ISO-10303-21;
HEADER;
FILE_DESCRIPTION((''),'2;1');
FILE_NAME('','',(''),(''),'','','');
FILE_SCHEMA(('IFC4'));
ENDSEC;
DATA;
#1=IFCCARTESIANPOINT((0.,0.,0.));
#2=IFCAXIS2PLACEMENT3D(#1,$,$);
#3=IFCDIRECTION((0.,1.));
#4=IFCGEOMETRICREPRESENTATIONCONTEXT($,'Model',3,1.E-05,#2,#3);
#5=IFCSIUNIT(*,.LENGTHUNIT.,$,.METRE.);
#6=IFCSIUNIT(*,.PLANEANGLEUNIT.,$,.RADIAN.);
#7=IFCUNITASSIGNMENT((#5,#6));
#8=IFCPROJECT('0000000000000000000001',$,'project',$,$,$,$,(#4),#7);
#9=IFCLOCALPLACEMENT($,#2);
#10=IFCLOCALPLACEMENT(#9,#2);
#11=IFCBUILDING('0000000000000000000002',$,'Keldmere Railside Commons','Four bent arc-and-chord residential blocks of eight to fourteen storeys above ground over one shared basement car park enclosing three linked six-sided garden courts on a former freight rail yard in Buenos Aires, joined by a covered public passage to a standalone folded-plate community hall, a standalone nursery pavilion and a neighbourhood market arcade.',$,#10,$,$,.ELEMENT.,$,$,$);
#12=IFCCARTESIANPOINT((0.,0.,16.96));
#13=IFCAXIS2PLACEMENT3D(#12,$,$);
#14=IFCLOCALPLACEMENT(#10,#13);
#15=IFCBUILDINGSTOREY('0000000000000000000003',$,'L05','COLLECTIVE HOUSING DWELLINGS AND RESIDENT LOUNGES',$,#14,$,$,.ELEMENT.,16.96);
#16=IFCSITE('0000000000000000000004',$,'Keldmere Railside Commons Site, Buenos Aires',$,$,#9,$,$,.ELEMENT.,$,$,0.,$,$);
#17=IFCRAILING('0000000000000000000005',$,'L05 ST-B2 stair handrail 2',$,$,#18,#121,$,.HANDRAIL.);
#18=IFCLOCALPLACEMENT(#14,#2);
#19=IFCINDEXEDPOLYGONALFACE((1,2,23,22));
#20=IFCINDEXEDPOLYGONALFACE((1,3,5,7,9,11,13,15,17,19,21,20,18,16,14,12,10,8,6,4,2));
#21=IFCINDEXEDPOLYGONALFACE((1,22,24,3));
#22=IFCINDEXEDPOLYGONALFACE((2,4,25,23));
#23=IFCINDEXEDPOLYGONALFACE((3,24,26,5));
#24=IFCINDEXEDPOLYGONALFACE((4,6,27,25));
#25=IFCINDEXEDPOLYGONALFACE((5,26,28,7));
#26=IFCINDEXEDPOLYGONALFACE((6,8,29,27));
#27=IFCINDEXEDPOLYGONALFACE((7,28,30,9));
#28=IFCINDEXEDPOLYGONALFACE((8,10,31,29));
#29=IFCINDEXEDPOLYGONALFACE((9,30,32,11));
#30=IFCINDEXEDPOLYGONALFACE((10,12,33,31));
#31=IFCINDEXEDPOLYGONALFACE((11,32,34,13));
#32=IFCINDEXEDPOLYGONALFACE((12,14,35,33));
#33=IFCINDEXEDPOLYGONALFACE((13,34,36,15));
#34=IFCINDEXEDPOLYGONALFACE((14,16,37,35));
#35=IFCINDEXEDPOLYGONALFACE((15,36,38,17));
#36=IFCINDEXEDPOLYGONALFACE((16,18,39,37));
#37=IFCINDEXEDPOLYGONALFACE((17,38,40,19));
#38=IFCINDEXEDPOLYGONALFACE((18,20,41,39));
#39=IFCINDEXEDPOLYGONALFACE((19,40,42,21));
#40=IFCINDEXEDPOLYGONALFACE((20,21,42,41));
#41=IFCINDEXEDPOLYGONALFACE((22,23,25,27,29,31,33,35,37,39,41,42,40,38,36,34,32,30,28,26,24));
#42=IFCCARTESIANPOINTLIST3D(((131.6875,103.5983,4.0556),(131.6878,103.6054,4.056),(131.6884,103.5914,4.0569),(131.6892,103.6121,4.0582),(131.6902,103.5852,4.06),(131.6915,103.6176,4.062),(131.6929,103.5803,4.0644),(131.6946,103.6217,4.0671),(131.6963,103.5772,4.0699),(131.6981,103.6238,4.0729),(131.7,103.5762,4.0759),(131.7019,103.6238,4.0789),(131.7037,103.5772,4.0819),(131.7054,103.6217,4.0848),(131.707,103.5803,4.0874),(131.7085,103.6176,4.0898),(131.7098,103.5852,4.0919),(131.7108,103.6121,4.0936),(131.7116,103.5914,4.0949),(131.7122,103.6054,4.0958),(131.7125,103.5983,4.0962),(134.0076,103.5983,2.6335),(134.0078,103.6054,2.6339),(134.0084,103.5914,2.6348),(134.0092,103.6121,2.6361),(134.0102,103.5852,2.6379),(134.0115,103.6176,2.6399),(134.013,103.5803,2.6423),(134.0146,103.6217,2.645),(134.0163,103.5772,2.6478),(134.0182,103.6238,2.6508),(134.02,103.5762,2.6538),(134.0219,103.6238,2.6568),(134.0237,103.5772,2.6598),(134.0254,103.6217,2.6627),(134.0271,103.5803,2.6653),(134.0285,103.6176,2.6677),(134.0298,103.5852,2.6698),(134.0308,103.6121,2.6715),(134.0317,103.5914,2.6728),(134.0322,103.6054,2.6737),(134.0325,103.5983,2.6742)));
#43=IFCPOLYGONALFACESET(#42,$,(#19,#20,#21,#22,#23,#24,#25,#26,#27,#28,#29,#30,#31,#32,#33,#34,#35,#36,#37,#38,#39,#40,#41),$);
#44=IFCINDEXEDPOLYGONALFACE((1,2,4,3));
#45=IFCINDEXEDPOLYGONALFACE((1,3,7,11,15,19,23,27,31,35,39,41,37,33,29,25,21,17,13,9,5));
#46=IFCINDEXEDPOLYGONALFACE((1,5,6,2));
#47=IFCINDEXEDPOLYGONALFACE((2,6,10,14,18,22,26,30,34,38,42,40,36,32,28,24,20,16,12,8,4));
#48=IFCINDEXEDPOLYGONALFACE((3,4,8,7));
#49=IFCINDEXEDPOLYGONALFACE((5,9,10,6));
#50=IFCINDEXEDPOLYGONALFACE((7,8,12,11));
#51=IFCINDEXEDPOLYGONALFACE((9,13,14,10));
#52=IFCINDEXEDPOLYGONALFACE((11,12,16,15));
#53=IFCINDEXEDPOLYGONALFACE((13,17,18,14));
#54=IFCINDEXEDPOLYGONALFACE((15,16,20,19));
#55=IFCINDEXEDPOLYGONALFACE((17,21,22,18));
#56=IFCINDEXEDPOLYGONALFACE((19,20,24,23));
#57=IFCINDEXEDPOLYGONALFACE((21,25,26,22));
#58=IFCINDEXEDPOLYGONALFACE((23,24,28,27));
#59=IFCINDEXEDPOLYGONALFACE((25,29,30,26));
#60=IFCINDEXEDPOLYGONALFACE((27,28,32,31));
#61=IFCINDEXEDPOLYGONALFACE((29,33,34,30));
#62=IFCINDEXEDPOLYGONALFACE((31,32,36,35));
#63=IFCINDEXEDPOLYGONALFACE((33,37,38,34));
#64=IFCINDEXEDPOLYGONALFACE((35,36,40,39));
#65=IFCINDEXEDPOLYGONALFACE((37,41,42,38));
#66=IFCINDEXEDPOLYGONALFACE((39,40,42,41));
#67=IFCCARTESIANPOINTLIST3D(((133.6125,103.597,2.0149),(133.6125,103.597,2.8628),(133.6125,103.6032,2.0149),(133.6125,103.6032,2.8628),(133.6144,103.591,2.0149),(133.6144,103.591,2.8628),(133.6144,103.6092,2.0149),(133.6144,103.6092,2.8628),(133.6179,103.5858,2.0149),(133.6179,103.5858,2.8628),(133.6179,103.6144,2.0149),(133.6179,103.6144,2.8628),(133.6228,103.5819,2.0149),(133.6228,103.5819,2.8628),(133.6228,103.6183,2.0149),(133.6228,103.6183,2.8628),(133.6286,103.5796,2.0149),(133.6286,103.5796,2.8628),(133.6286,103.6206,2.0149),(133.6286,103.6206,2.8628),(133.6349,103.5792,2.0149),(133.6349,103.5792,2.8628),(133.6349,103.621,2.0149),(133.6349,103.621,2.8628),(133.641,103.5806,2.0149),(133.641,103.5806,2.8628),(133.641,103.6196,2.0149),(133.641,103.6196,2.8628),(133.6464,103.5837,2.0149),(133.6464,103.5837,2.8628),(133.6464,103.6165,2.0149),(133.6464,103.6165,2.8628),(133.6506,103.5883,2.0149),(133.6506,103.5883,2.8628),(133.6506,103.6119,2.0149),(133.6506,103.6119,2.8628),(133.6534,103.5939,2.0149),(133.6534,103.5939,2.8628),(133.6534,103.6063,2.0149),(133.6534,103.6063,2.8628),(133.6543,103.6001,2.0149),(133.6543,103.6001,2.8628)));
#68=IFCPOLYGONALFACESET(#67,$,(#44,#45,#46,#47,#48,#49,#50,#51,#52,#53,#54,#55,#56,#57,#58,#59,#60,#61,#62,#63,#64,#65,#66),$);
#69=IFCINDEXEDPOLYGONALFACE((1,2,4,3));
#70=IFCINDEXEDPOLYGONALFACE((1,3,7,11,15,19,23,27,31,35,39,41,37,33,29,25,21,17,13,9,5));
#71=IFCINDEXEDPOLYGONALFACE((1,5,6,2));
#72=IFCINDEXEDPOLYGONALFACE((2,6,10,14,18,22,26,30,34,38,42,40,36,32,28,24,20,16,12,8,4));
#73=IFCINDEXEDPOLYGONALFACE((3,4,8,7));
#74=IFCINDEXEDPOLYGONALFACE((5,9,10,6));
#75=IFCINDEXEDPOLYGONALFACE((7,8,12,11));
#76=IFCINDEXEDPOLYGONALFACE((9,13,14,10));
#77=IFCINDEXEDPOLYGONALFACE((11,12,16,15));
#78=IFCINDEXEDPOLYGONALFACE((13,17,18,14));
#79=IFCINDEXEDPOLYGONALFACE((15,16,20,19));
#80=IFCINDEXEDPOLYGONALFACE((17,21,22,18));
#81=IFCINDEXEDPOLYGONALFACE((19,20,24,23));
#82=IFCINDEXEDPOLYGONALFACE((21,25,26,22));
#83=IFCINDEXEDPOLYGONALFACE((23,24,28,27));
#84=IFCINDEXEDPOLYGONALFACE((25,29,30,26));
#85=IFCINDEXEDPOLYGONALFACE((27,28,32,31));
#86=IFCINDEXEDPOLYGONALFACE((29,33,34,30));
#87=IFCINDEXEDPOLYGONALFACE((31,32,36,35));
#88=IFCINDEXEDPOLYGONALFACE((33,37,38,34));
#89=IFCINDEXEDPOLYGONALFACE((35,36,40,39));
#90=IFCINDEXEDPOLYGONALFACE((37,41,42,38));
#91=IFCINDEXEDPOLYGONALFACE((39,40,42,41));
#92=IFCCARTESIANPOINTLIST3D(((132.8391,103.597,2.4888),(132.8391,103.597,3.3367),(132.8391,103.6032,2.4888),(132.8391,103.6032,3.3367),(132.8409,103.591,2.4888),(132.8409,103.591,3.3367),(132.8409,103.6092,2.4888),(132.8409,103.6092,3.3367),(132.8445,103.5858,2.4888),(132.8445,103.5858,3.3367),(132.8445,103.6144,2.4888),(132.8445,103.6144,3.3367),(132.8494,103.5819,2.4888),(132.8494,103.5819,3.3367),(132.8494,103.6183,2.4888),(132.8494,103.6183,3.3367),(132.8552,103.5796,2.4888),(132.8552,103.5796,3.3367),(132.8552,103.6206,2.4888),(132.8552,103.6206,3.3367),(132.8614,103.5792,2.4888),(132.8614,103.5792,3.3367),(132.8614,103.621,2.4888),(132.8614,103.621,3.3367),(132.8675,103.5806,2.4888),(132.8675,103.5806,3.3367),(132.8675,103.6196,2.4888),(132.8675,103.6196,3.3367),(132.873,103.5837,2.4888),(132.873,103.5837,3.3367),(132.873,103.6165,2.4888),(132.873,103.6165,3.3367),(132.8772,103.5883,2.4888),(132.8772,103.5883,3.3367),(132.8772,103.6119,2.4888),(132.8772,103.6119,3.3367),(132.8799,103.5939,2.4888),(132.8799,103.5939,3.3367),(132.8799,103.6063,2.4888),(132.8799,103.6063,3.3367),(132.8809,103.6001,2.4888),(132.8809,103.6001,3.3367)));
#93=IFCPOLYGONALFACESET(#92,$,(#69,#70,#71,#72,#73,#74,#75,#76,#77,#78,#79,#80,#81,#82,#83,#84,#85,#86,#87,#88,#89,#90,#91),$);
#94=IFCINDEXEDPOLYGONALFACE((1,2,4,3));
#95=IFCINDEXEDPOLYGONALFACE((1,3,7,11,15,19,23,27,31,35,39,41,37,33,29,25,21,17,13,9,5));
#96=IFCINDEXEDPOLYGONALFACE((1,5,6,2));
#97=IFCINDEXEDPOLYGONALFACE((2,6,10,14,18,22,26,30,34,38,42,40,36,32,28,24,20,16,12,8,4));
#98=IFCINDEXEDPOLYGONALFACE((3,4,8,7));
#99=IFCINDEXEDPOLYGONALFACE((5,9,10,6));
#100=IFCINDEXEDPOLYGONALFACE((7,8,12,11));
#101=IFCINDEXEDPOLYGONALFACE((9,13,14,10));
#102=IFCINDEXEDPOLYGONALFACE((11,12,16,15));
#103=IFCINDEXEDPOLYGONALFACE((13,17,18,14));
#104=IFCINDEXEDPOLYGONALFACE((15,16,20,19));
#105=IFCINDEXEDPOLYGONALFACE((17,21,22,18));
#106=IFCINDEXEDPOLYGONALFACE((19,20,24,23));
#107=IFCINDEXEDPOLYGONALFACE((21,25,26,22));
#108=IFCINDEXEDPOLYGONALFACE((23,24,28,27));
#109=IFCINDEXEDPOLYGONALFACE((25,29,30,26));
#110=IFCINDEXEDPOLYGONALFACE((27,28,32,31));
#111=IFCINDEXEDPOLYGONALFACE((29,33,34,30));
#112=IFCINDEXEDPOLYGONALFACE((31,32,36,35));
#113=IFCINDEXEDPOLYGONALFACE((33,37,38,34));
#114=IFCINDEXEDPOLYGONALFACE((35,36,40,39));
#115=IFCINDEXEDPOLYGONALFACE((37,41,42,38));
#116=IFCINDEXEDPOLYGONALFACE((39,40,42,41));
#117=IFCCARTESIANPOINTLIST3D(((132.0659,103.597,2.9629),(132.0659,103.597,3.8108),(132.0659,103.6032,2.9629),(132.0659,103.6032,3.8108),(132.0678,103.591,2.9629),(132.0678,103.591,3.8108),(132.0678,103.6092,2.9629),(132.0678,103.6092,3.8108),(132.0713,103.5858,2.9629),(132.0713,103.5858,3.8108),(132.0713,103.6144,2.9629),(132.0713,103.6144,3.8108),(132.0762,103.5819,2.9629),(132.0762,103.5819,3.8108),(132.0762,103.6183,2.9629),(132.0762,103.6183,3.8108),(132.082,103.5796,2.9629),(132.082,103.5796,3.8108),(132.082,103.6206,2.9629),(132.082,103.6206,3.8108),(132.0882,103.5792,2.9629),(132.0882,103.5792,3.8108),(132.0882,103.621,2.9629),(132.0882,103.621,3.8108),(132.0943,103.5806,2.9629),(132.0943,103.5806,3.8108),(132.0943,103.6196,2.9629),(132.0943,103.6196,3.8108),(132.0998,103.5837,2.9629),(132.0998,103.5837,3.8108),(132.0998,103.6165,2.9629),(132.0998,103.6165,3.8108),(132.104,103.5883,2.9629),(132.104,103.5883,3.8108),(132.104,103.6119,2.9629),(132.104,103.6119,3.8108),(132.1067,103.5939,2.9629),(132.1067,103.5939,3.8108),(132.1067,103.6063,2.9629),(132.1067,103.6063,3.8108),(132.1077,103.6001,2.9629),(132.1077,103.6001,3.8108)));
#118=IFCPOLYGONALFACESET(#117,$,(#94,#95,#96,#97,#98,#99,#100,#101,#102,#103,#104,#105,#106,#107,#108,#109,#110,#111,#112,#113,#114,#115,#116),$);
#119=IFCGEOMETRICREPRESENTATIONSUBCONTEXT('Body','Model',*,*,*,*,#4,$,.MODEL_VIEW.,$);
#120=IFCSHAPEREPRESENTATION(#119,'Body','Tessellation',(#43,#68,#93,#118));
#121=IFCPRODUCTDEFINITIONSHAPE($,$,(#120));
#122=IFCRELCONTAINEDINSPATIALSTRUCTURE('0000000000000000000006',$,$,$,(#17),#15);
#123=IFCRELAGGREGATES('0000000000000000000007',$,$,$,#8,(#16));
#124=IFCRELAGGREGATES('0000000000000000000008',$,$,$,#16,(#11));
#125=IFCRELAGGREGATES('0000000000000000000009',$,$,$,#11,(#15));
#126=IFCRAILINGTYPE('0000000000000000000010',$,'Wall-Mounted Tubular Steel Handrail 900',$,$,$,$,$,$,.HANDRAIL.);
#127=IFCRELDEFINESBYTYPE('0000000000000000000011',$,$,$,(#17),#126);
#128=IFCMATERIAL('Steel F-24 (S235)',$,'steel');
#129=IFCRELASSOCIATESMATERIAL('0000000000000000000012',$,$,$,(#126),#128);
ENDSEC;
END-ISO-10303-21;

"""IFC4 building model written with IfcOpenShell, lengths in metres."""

from ifc_helpers import new_model, si_unit, direction, frame, origin, origin_2d, place, context, subcontext, project, spatial, circle, extrude, material, type_object, element, save


model = new_model("IFC4")

# Units and contexts
model_context = context("Model", 3, precision=1e-05, world=origin(), true_north=direction((0.0, 1.0)))
body_context = subcontext(model_context, "Body", "Model", "MODEL_VIEW")
ifc_project = project(units=[si_unit("LENGTHUNIT", "METRE"), si_unit("PLANEANGLEUNIT", "RADIAN")], contexts=[model_context])

# Site, building, storey
site_placement = place(None, origin())
site = spatial("IfcSite", under=ifc_project, at=site_placement, Name="Keldmere Railside Commons Site, Buenos Aires", CompositionType="ELEMENT", RefElevation=0.0)
building_placement = place(site_placement, origin())
building = spatial("IfcBuilding", under=site, at=building_placement, Name="Keldmere Railside Commons", Description="Four bent arc-and-chord residential blocks of eight to fourteen storeys above ground over one shared basement car park enclosing three linked six-sided garden courts on a former freight rail yard in Buenos Aires, joined by a covered public passage to a standalone folded-plate community hall, a standalone nursery pavilion and a neighbourhood market arcade.", CompositionType="ELEMENT")
storey_placement = place(building_placement, frame((0.0, 0.0, 16.96)))
storey = spatial("IfcBuildingStorey", under=building, at=storey_placement, Name="L05", Description="COLLECTIVE HOUSING DWELLINGS AND RESIDENT LOUNGES", CompositionType="ELEMENT", Elevation=16.96)

# Railing
ifc_material_1 = material(Name="Steel F-24 (S235)", Category="steel")
railing_type_1 = type_object("IfcRailingType", Name="Wall-Mounted Tubular Steel Handrail 900", PredefinedType="HANDRAIL", material=ifc_material_1)
railing_1_placement = place(storey_placement, frame((134.02, 103.6001, 1.7778)))
element("IfcRailing", 1, at=railing_1_placement, inside=storey, type_object=railing_type_1, Name="L05 ST-B2 stair handrail 2", PredefinedType="HANDRAIL", context=body_context, shape_type="SweptSolid", body=[
    extrude(circle(Radius=0.0239, at=origin_2d()), frame((0.0, 0.0, 0.876), z_axis=(-0.852578, 0.0, 0.5226), x_axis=(0.0, -1.0, 0.0)), (0.0, 0.0, 1.0), 2.7212),
    extrude(circle(Radius=0.021, at=origin_2d()), frame((-0.3867, 0.0, 0.2371)), (0.0, 0.0, 1.0), 0.8479),
    extrude(circle(Radius=0.021, at=origin_2d()), frame((-1.1602, 0.0, 0.7109)), (0.0, 0.0, 1.0), 0.8479),
    extrude(circle(Radius=0.021, at=origin_2d()), frame((-1.9333, 0.0, 1.1851)), (0.0, 0.0, 1.0), 0.8479),
])

save(model, "model.ifc")
